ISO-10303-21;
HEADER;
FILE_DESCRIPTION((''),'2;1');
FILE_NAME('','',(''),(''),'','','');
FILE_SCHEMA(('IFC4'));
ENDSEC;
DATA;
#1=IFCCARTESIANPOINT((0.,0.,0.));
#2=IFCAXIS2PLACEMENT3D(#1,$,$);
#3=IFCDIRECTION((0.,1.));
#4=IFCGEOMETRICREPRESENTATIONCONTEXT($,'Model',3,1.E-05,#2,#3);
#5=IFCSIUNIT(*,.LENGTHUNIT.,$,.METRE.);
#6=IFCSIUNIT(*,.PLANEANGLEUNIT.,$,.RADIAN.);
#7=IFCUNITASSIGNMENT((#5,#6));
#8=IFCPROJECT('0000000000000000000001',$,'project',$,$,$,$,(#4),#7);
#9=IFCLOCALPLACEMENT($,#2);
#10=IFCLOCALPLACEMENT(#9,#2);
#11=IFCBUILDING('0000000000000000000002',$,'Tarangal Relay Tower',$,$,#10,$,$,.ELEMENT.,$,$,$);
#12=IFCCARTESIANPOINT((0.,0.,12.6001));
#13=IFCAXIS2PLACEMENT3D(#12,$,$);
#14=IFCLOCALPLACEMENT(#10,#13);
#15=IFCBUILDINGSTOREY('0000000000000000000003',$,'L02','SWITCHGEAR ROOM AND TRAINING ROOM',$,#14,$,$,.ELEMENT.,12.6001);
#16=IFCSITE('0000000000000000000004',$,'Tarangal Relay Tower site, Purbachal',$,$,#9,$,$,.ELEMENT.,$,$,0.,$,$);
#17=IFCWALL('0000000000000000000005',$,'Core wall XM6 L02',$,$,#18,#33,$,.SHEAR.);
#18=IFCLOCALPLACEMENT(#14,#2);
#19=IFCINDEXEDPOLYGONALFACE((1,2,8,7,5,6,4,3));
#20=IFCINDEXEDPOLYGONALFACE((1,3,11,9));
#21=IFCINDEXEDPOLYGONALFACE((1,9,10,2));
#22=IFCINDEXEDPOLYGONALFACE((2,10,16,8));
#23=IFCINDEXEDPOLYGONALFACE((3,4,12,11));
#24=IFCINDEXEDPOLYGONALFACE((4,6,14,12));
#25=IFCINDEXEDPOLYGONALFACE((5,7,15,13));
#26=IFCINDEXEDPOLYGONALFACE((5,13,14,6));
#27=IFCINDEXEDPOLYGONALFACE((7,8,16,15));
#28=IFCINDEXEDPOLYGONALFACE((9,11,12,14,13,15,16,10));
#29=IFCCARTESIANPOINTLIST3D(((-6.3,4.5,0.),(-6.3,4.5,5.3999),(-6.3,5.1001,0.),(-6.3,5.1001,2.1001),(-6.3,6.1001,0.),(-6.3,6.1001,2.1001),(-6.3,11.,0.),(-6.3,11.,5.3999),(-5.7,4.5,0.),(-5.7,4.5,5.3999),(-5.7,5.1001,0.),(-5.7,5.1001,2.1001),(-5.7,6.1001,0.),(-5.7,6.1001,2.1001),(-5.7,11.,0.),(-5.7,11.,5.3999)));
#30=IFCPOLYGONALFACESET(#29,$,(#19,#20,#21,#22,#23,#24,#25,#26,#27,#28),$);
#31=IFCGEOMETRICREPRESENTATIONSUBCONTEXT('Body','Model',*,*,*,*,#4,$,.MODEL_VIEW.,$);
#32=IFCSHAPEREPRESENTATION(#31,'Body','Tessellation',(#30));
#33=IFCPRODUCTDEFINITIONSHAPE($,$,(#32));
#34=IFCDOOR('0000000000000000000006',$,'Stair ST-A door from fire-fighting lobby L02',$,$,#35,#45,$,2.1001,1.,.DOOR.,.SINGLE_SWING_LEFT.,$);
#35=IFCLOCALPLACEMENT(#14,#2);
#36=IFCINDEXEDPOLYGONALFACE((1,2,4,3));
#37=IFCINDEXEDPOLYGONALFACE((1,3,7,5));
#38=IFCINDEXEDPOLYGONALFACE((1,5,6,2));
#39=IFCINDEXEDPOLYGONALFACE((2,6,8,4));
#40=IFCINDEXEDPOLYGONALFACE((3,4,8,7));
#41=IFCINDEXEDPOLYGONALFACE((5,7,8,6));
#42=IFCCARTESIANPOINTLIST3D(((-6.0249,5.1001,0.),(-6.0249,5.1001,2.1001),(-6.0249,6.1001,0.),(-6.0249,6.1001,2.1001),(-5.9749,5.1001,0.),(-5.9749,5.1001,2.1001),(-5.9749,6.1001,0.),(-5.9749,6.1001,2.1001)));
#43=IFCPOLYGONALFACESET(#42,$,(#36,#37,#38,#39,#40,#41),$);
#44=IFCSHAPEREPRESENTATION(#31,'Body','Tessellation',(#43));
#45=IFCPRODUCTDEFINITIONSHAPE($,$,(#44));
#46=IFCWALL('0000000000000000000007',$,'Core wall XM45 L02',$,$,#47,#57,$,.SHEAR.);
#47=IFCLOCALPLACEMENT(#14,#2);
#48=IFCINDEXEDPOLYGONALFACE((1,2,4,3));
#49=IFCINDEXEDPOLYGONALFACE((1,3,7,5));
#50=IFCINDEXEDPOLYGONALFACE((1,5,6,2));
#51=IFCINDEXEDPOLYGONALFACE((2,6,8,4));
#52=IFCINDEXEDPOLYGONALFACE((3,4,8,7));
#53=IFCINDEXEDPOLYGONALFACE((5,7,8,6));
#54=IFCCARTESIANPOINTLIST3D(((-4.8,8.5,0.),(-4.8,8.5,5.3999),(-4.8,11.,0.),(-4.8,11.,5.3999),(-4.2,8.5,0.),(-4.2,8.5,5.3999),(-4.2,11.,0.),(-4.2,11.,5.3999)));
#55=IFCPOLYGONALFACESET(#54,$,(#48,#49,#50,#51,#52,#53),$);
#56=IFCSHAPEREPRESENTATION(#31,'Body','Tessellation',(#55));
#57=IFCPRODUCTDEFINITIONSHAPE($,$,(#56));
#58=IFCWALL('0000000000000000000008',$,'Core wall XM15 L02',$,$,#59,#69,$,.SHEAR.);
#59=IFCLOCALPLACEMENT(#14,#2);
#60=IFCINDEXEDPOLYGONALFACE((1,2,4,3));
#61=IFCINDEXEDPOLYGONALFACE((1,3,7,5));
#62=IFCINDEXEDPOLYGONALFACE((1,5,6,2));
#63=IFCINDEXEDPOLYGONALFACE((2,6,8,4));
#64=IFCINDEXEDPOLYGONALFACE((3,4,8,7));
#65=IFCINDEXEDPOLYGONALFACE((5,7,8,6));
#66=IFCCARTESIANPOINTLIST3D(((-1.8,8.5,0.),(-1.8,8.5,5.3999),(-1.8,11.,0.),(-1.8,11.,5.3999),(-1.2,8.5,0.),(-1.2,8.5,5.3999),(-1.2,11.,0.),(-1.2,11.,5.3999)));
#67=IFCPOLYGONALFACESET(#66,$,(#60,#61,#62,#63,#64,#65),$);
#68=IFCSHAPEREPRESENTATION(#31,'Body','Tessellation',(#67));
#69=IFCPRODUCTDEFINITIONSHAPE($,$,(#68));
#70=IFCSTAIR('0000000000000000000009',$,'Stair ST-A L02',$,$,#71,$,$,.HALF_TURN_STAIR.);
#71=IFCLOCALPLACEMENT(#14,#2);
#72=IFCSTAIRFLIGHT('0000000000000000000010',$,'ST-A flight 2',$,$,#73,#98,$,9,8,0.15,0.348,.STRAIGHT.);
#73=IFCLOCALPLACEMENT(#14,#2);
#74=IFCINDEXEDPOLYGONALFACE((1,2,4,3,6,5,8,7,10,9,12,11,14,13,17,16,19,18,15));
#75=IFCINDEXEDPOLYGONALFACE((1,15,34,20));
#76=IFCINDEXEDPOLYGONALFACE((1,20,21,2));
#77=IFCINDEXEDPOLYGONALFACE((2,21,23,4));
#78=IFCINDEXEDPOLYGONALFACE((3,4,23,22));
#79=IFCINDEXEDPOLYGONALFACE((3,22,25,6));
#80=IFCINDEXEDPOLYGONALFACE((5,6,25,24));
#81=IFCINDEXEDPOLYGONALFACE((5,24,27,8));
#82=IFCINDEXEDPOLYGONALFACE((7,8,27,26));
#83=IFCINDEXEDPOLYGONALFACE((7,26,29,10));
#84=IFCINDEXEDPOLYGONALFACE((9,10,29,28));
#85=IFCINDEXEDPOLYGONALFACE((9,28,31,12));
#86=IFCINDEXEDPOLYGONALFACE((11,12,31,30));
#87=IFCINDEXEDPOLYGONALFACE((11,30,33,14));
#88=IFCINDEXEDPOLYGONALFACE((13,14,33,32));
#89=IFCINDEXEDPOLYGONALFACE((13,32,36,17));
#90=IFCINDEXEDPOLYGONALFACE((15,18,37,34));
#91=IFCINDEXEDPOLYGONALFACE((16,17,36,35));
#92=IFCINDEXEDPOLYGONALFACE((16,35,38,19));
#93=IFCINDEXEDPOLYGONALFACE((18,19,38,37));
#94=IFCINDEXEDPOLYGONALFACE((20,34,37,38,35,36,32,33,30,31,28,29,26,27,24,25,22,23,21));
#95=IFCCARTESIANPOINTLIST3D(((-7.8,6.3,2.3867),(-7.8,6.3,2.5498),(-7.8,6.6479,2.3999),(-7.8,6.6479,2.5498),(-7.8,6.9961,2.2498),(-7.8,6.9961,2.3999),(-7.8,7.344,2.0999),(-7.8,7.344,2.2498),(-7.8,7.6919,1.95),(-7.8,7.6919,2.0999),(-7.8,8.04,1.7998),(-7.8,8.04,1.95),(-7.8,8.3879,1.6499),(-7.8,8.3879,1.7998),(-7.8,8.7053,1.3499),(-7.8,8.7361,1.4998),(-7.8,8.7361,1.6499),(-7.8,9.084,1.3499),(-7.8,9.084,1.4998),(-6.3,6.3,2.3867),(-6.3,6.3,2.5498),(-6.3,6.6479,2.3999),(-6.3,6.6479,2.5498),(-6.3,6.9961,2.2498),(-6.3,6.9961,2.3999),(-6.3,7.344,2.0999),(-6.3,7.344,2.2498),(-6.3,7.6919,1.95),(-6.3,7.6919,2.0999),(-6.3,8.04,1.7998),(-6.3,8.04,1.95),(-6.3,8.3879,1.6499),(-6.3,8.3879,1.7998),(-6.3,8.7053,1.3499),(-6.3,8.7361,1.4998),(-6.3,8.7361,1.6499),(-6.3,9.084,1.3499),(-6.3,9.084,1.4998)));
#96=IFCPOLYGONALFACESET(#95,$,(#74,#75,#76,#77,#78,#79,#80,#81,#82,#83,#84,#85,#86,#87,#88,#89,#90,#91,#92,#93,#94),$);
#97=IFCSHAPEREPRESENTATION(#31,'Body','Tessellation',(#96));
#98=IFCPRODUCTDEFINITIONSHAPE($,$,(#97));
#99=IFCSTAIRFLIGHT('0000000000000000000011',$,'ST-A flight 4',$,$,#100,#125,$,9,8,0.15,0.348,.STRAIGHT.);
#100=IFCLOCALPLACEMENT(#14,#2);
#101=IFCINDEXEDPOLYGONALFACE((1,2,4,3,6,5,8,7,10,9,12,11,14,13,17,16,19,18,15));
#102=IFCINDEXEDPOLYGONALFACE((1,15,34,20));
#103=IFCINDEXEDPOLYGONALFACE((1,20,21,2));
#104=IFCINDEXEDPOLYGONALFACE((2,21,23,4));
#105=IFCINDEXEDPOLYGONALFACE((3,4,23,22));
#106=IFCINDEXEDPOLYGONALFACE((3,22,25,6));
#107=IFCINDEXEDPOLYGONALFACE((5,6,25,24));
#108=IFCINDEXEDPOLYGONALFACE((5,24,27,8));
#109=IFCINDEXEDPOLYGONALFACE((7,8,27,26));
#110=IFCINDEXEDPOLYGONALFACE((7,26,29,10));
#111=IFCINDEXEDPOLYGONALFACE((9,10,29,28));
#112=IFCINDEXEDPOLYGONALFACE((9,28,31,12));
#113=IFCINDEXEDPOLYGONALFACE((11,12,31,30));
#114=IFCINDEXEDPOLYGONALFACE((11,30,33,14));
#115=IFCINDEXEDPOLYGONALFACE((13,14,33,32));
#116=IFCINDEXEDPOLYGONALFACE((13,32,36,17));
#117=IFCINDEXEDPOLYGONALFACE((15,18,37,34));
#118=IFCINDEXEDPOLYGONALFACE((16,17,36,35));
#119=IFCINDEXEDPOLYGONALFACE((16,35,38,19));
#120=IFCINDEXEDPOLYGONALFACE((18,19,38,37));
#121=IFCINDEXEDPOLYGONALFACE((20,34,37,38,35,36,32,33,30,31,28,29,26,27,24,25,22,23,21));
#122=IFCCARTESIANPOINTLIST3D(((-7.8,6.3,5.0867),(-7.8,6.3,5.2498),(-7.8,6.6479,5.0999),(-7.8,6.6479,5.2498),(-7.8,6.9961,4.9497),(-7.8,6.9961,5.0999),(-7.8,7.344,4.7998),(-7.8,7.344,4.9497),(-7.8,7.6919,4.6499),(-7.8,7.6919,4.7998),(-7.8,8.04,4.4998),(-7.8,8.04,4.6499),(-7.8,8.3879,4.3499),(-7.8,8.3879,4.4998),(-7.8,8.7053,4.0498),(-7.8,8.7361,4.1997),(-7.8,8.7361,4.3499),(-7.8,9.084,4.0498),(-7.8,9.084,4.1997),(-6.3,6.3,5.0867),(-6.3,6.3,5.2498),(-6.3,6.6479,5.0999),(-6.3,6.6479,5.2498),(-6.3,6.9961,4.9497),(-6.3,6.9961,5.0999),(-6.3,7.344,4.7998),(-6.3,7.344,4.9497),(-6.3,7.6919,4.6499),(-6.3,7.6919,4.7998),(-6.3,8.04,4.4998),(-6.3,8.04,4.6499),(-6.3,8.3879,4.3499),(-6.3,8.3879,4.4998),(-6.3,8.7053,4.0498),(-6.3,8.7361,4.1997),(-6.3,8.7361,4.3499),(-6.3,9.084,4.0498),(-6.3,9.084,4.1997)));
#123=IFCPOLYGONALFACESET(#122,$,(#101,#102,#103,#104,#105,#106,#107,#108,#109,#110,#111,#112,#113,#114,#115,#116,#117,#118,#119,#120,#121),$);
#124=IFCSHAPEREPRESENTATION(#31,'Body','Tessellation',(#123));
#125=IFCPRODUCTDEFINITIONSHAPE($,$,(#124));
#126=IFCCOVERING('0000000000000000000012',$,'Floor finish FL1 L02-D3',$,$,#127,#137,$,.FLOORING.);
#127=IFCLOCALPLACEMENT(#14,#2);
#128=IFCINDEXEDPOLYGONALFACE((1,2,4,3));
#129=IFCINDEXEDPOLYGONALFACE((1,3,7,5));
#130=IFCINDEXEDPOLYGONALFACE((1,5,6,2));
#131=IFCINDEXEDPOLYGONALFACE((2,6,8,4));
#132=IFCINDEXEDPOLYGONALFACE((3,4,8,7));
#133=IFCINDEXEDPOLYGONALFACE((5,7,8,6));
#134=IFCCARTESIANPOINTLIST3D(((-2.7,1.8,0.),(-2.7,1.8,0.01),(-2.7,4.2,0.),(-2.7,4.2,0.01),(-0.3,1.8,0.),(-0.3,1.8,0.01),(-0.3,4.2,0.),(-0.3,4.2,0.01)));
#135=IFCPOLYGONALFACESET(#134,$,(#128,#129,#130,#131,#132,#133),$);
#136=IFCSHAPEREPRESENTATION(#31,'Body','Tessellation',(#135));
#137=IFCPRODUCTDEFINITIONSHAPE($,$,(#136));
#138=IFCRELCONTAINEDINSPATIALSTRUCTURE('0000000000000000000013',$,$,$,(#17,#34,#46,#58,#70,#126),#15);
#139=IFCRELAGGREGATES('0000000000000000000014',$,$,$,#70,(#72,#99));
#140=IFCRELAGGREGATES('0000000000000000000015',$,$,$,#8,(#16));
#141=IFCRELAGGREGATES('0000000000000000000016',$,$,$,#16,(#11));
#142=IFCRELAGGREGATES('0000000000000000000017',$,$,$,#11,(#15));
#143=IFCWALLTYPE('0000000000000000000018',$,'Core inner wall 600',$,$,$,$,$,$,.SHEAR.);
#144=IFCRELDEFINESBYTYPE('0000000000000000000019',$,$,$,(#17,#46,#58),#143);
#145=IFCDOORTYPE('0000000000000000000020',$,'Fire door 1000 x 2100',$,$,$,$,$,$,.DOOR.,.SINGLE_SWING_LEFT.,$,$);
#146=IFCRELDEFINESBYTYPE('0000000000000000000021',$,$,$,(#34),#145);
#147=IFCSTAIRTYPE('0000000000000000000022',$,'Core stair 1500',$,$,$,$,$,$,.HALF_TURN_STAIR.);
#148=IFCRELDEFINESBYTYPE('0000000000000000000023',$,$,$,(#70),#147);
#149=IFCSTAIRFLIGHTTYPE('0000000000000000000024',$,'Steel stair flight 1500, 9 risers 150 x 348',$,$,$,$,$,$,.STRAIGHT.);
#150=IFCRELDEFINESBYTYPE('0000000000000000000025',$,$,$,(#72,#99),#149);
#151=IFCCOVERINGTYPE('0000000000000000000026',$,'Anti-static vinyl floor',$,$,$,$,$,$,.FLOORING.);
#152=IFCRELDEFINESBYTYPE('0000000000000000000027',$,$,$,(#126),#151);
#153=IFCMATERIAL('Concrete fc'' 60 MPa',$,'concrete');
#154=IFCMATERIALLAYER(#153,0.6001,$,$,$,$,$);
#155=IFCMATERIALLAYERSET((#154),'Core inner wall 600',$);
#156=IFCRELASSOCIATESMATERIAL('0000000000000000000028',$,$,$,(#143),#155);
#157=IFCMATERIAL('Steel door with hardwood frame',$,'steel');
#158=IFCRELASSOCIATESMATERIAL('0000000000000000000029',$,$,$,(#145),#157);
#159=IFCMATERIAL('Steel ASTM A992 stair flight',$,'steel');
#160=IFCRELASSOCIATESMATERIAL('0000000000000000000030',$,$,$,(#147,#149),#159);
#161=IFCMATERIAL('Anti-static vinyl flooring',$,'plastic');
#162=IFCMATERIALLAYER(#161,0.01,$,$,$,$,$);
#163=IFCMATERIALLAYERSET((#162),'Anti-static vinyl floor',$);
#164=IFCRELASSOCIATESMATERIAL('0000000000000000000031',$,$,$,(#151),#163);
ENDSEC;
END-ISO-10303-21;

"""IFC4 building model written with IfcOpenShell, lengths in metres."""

from ifc_helpers import new_model, si_unit, direction, frame, frame_2d, origin, place, context, subcontext, project, spatial, polyline, rectangle, outline, extrude, material, layer, layer_set, type_object, element, fill, aggregate, save


model = new_model("IFC4")

# Units and contexts
model_context = context("Model", 3, precision=1e-05, world=origin(), true_north=direction((0.0, 1.0)))
body_context = subcontext(model_context, "Body", "Model", "MODEL_VIEW")
ifc_project = project(units=[si_unit("LENGTHUNIT", "METRE"), si_unit("PLANEANGLEUNIT", "RADIAN")], contexts=[model_context])

# Site, building, storey
site_placement = place(None, origin())
site = spatial("IfcSite", under=ifc_project, at=site_placement, Name="Tarangal Relay Tower site, Purbachal", CompositionType="ELEMENT", RefElevation=0.0)
building_placement = place(site_placement, origin())
building = spatial("IfcBuilding", under=site, at=building_placement, Name="Tarangal Relay Tower", CompositionType="ELEMENT")
storey_placement = place(building_placement, frame((0.0, 0.0, 12.6001)))
storey = spatial("IfcBuildingStorey", under=building, at=storey_placement, Name="L02", Description="SWITCHGEAR ROOM AND TRAINING ROOM", CompositionType="ELEMENT", Elevation=12.6001)

# Shared definitions
ifc_material_1 = material(Name="Concrete fc' 60 MPa", Category="concrete")
ifc_layer_1 = layer(ifc_material_1, 0.6001)
ifc_layer_set_1 = layer_set([ifc_layer_1], Name="Core inner wall 600")
wall_type = type_object("IfcWallType", Name="Core inner wall 600", PredefinedType="SHEAR", material=ifc_layer_set_1)
ifc_material_2 = material(Name="Steel door with hardwood frame", Category="steel")

# Wall, opening, door
wall_1_placement = place(storey_placement, frame((-6.0, 4.5, 0.0), z_axis=(0.0, 0.0, 1.0), x_axis=(0.0, 1.0, 0.0)))
wall_1 = element("IfcWall", 1, at=wall_1_placement, inside=storey, type_object=wall_type, Name="Core wall XM6 L02", PredefinedType="SHEAR", context=body_context, shape_type="SweptSolid", body=[
    extrude(rectangle(XDim=6.5, YDim=0.6001, at=frame_2d((3.25, 0.0))), origin(), (0.0, 0.0, 1.0), 5.3999),
])
opening_1_placement = place(wall_1_placement, frame((0.6001, 0.0, 0.0)))
opening_1 = element("IfcOpeningElement", 2, at=opening_1_placement, cuts=wall_1, PredefinedType="OPENING", context=body_context, shape_type="SweptSolid", body=[
    extrude(rectangle(XDim=1.0, YDim=2.1001, at=frame_2d((0.5, 1.05))), frame((0.0, 0.3101, 0.0), z_axis=(0.0, -1.0, 0.0), x_axis=(1.0, 0.0, 0.0)), (0.0, 0.0, 1.0), 0.6201),
])
door_type_1 = type_object("IfcDoorType", Name="Fire door 1000 x 2100", OperationType="SINGLE_SWING_LEFT", PredefinedType="DOOR", material=ifc_material_2)
door_1_placement = place(opening_1_placement, origin())
door_1 = element("IfcDoor", 3, at=door_1_placement, inside=storey, type_object=door_type_1, Name="Stair ST-A door from fire-fighting lobby L02", OperationType="SINGLE_SWING_LEFT", OverallHeight=2.1001, OverallWidth=1.0, PredefinedType="DOOR", context=body_context, shape_type="SweptSolid", body=[
    extrude(rectangle(XDim=1.0, YDim=2.1001, at=frame_2d((0.5, 1.05))), frame((0.0, 0.0249, 0.0), z_axis=(0.0, -1.0, 0.0), x_axis=(1.0, 0.0, 0.0)), (0.0, 0.0, 1.0), 0.05),
])
fill(opening_1, door_1)

# Walls
for number, where, z_axis, x_axis, name in (
    (4, (-4.5, 8.5, 0.0), (0.0, 0.0, 1.0), (0.0, 1.0, 0.0), "Core wall XM45 L02"),
    (5, (-1.5, 8.5, 0.0), (0.0, 0.0, 1.0), (0.0, 1.0, 0.0), "Core wall XM15 L02"),
):
    element("IfcWall", number, at=place(storey_placement, frame(where, z_axis=z_axis, x_axis=x_axis)), inside=storey, type_object=wall_type, Name=name, PredefinedType="SHEAR", context=body_context, shape_type="SweptSolid", body=[
        extrude(rectangle(XDim=2.5, YDim=0.6001, at=frame_2d((1.25, 0.0))), origin(), (0.0, 0.0, 1.0), 5.3999),
    ])

# Stair, stair flights
ifc_material_3 = material(Name="Steel ASTM A992 stair flight", Category="steel")
stair_type = type_object("IfcStairType", Name="Core stair 1500", PredefinedType="HALF_TURN_STAIR", material=ifc_material_3)
stair_placement = place(storey_placement, origin())
stair = element("IfcStair", 6, at=stair_placement, inside=storey, type_object=stair_type, Name="Stair ST-A L02", PredefinedType="HALF_TURN_STAIR")
stair_flight_type = type_object("IfcStairFlightType", Name="Steel stair flight 1500, 9 risers 150 x 348", PredefinedType="STRAIGHT", material=ifc_material_3)
stair_flight_1_placement = place(storey_placement, frame((-7.05, 9.084, 1.3499), z_axis=(0.0, 0.0, 1.0), x_axis=(0.0, -1.0, 0.0)))
stair_flight_1 = element("IfcStairFlight", 7, at=stair_flight_1_placement, type_object=stair_flight_type, Name="ST-A flight 2", NumberOfRisers=9, NumberOfTreads=8, PredefinedType="STRAIGHT", RiserHeight=0.15, TreadLength=0.348, context=body_context, shape_type="SweptSolid", body=[
    extrude(outline(polyline([(0.0, 0.0), (0.0, 0.1499), (0.3479, 0.1499), (0.3479, 0.3), (0.696, 0.3), (0.696, 0.45), (1.0439, 0.45), (1.0439, 0.6001), (1.3921, 0.6001), (1.3921, 0.75), (1.74, 0.75), (1.74, 0.8999), (2.0879, 0.8999), (2.0879, 1.05), (2.436, 1.05), (2.436, 1.2), (2.7839, 1.2), (2.7839, 1.3501), (2.7839, 1.0369), (0.3787, 0.0), (0.0, 0.0)])), frame((0.0, 0.75, 0.0), z_axis=(0.0, -1.0, 0.0), x_axis=(1.0, 0.0, 0.0)), (0.0, 0.0, 1.0), 1.5),
])
stair_flight_2_placement = place(storey_placement, frame((-7.05, 9.084, 4.0498), z_axis=(0.0, 0.0, 1.0), x_axis=(0.0, -1.0, 0.0)))
stair_flight_2 = element("IfcStairFlight", 8, at=stair_flight_2_placement, type_object=stair_flight_type, Name="ST-A flight 4", NumberOfRisers=9, NumberOfTreads=8, PredefinedType="STRAIGHT", RiserHeight=0.15, TreadLength=0.348, context=body_context, shape_type="SweptSolid", body=[
    extrude(outline(polyline([(0.0, 0.0), (0.0, 0.1499), (0.3479, 0.1499), (0.3479, 0.3), (0.696, 0.3), (0.696, 0.45), (1.0439, 0.45), (1.0439, 0.6001), (1.3921, 0.6001), (1.3921, 0.75), (1.74, 0.75), (1.74, 0.8999), (2.0879, 0.8999), (2.0879, 1.05), (2.436, 1.05), (2.436, 1.2), (2.7839, 1.2), (2.7839, 1.3501), (2.7839, 1.0369), (0.3787, 0.0), (0.0, 0.0)])), frame((0.0, 0.75, 0.0), z_axis=(0.0, -1.0, 0.0), x_axis=(1.0, 0.0, 0.0)), (0.0, 0.0, 1.0), 1.5),
])
aggregate(stair, [stair_flight_1, stair_flight_2])

# Covering
ifc_material_4 = material(Name="Anti-static vinyl flooring", Category="plastic")
ifc_layer_2 = layer(ifc_material_4, 0.01)
ifc_layer_set_2 = layer_set([ifc_layer_2], Name="Anti-static vinyl floor")
covering_type = type_object("IfcCoveringType", Name="Anti-static vinyl floor", PredefinedType="FLOORING", material=ifc_layer_set_2)
covering_placement = place(storey_placement, origin())
element("IfcCovering", 9, at=covering_placement, inside=storey, type_object=covering_type, Name="Floor finish FL1 L02-D3", PredefinedType="FLOORING", context=body_context, shape_type="SweptSolid", body=[
    extrude(outline(polyline([(-2.7, 1.8), (-0.3, 1.8), (-0.3, 4.2), (-2.7, 4.2), (-2.7, 1.8)])), origin(), (0.0, 0.0, 1.0), 0.01),
])

save(model, "model.ifc")
